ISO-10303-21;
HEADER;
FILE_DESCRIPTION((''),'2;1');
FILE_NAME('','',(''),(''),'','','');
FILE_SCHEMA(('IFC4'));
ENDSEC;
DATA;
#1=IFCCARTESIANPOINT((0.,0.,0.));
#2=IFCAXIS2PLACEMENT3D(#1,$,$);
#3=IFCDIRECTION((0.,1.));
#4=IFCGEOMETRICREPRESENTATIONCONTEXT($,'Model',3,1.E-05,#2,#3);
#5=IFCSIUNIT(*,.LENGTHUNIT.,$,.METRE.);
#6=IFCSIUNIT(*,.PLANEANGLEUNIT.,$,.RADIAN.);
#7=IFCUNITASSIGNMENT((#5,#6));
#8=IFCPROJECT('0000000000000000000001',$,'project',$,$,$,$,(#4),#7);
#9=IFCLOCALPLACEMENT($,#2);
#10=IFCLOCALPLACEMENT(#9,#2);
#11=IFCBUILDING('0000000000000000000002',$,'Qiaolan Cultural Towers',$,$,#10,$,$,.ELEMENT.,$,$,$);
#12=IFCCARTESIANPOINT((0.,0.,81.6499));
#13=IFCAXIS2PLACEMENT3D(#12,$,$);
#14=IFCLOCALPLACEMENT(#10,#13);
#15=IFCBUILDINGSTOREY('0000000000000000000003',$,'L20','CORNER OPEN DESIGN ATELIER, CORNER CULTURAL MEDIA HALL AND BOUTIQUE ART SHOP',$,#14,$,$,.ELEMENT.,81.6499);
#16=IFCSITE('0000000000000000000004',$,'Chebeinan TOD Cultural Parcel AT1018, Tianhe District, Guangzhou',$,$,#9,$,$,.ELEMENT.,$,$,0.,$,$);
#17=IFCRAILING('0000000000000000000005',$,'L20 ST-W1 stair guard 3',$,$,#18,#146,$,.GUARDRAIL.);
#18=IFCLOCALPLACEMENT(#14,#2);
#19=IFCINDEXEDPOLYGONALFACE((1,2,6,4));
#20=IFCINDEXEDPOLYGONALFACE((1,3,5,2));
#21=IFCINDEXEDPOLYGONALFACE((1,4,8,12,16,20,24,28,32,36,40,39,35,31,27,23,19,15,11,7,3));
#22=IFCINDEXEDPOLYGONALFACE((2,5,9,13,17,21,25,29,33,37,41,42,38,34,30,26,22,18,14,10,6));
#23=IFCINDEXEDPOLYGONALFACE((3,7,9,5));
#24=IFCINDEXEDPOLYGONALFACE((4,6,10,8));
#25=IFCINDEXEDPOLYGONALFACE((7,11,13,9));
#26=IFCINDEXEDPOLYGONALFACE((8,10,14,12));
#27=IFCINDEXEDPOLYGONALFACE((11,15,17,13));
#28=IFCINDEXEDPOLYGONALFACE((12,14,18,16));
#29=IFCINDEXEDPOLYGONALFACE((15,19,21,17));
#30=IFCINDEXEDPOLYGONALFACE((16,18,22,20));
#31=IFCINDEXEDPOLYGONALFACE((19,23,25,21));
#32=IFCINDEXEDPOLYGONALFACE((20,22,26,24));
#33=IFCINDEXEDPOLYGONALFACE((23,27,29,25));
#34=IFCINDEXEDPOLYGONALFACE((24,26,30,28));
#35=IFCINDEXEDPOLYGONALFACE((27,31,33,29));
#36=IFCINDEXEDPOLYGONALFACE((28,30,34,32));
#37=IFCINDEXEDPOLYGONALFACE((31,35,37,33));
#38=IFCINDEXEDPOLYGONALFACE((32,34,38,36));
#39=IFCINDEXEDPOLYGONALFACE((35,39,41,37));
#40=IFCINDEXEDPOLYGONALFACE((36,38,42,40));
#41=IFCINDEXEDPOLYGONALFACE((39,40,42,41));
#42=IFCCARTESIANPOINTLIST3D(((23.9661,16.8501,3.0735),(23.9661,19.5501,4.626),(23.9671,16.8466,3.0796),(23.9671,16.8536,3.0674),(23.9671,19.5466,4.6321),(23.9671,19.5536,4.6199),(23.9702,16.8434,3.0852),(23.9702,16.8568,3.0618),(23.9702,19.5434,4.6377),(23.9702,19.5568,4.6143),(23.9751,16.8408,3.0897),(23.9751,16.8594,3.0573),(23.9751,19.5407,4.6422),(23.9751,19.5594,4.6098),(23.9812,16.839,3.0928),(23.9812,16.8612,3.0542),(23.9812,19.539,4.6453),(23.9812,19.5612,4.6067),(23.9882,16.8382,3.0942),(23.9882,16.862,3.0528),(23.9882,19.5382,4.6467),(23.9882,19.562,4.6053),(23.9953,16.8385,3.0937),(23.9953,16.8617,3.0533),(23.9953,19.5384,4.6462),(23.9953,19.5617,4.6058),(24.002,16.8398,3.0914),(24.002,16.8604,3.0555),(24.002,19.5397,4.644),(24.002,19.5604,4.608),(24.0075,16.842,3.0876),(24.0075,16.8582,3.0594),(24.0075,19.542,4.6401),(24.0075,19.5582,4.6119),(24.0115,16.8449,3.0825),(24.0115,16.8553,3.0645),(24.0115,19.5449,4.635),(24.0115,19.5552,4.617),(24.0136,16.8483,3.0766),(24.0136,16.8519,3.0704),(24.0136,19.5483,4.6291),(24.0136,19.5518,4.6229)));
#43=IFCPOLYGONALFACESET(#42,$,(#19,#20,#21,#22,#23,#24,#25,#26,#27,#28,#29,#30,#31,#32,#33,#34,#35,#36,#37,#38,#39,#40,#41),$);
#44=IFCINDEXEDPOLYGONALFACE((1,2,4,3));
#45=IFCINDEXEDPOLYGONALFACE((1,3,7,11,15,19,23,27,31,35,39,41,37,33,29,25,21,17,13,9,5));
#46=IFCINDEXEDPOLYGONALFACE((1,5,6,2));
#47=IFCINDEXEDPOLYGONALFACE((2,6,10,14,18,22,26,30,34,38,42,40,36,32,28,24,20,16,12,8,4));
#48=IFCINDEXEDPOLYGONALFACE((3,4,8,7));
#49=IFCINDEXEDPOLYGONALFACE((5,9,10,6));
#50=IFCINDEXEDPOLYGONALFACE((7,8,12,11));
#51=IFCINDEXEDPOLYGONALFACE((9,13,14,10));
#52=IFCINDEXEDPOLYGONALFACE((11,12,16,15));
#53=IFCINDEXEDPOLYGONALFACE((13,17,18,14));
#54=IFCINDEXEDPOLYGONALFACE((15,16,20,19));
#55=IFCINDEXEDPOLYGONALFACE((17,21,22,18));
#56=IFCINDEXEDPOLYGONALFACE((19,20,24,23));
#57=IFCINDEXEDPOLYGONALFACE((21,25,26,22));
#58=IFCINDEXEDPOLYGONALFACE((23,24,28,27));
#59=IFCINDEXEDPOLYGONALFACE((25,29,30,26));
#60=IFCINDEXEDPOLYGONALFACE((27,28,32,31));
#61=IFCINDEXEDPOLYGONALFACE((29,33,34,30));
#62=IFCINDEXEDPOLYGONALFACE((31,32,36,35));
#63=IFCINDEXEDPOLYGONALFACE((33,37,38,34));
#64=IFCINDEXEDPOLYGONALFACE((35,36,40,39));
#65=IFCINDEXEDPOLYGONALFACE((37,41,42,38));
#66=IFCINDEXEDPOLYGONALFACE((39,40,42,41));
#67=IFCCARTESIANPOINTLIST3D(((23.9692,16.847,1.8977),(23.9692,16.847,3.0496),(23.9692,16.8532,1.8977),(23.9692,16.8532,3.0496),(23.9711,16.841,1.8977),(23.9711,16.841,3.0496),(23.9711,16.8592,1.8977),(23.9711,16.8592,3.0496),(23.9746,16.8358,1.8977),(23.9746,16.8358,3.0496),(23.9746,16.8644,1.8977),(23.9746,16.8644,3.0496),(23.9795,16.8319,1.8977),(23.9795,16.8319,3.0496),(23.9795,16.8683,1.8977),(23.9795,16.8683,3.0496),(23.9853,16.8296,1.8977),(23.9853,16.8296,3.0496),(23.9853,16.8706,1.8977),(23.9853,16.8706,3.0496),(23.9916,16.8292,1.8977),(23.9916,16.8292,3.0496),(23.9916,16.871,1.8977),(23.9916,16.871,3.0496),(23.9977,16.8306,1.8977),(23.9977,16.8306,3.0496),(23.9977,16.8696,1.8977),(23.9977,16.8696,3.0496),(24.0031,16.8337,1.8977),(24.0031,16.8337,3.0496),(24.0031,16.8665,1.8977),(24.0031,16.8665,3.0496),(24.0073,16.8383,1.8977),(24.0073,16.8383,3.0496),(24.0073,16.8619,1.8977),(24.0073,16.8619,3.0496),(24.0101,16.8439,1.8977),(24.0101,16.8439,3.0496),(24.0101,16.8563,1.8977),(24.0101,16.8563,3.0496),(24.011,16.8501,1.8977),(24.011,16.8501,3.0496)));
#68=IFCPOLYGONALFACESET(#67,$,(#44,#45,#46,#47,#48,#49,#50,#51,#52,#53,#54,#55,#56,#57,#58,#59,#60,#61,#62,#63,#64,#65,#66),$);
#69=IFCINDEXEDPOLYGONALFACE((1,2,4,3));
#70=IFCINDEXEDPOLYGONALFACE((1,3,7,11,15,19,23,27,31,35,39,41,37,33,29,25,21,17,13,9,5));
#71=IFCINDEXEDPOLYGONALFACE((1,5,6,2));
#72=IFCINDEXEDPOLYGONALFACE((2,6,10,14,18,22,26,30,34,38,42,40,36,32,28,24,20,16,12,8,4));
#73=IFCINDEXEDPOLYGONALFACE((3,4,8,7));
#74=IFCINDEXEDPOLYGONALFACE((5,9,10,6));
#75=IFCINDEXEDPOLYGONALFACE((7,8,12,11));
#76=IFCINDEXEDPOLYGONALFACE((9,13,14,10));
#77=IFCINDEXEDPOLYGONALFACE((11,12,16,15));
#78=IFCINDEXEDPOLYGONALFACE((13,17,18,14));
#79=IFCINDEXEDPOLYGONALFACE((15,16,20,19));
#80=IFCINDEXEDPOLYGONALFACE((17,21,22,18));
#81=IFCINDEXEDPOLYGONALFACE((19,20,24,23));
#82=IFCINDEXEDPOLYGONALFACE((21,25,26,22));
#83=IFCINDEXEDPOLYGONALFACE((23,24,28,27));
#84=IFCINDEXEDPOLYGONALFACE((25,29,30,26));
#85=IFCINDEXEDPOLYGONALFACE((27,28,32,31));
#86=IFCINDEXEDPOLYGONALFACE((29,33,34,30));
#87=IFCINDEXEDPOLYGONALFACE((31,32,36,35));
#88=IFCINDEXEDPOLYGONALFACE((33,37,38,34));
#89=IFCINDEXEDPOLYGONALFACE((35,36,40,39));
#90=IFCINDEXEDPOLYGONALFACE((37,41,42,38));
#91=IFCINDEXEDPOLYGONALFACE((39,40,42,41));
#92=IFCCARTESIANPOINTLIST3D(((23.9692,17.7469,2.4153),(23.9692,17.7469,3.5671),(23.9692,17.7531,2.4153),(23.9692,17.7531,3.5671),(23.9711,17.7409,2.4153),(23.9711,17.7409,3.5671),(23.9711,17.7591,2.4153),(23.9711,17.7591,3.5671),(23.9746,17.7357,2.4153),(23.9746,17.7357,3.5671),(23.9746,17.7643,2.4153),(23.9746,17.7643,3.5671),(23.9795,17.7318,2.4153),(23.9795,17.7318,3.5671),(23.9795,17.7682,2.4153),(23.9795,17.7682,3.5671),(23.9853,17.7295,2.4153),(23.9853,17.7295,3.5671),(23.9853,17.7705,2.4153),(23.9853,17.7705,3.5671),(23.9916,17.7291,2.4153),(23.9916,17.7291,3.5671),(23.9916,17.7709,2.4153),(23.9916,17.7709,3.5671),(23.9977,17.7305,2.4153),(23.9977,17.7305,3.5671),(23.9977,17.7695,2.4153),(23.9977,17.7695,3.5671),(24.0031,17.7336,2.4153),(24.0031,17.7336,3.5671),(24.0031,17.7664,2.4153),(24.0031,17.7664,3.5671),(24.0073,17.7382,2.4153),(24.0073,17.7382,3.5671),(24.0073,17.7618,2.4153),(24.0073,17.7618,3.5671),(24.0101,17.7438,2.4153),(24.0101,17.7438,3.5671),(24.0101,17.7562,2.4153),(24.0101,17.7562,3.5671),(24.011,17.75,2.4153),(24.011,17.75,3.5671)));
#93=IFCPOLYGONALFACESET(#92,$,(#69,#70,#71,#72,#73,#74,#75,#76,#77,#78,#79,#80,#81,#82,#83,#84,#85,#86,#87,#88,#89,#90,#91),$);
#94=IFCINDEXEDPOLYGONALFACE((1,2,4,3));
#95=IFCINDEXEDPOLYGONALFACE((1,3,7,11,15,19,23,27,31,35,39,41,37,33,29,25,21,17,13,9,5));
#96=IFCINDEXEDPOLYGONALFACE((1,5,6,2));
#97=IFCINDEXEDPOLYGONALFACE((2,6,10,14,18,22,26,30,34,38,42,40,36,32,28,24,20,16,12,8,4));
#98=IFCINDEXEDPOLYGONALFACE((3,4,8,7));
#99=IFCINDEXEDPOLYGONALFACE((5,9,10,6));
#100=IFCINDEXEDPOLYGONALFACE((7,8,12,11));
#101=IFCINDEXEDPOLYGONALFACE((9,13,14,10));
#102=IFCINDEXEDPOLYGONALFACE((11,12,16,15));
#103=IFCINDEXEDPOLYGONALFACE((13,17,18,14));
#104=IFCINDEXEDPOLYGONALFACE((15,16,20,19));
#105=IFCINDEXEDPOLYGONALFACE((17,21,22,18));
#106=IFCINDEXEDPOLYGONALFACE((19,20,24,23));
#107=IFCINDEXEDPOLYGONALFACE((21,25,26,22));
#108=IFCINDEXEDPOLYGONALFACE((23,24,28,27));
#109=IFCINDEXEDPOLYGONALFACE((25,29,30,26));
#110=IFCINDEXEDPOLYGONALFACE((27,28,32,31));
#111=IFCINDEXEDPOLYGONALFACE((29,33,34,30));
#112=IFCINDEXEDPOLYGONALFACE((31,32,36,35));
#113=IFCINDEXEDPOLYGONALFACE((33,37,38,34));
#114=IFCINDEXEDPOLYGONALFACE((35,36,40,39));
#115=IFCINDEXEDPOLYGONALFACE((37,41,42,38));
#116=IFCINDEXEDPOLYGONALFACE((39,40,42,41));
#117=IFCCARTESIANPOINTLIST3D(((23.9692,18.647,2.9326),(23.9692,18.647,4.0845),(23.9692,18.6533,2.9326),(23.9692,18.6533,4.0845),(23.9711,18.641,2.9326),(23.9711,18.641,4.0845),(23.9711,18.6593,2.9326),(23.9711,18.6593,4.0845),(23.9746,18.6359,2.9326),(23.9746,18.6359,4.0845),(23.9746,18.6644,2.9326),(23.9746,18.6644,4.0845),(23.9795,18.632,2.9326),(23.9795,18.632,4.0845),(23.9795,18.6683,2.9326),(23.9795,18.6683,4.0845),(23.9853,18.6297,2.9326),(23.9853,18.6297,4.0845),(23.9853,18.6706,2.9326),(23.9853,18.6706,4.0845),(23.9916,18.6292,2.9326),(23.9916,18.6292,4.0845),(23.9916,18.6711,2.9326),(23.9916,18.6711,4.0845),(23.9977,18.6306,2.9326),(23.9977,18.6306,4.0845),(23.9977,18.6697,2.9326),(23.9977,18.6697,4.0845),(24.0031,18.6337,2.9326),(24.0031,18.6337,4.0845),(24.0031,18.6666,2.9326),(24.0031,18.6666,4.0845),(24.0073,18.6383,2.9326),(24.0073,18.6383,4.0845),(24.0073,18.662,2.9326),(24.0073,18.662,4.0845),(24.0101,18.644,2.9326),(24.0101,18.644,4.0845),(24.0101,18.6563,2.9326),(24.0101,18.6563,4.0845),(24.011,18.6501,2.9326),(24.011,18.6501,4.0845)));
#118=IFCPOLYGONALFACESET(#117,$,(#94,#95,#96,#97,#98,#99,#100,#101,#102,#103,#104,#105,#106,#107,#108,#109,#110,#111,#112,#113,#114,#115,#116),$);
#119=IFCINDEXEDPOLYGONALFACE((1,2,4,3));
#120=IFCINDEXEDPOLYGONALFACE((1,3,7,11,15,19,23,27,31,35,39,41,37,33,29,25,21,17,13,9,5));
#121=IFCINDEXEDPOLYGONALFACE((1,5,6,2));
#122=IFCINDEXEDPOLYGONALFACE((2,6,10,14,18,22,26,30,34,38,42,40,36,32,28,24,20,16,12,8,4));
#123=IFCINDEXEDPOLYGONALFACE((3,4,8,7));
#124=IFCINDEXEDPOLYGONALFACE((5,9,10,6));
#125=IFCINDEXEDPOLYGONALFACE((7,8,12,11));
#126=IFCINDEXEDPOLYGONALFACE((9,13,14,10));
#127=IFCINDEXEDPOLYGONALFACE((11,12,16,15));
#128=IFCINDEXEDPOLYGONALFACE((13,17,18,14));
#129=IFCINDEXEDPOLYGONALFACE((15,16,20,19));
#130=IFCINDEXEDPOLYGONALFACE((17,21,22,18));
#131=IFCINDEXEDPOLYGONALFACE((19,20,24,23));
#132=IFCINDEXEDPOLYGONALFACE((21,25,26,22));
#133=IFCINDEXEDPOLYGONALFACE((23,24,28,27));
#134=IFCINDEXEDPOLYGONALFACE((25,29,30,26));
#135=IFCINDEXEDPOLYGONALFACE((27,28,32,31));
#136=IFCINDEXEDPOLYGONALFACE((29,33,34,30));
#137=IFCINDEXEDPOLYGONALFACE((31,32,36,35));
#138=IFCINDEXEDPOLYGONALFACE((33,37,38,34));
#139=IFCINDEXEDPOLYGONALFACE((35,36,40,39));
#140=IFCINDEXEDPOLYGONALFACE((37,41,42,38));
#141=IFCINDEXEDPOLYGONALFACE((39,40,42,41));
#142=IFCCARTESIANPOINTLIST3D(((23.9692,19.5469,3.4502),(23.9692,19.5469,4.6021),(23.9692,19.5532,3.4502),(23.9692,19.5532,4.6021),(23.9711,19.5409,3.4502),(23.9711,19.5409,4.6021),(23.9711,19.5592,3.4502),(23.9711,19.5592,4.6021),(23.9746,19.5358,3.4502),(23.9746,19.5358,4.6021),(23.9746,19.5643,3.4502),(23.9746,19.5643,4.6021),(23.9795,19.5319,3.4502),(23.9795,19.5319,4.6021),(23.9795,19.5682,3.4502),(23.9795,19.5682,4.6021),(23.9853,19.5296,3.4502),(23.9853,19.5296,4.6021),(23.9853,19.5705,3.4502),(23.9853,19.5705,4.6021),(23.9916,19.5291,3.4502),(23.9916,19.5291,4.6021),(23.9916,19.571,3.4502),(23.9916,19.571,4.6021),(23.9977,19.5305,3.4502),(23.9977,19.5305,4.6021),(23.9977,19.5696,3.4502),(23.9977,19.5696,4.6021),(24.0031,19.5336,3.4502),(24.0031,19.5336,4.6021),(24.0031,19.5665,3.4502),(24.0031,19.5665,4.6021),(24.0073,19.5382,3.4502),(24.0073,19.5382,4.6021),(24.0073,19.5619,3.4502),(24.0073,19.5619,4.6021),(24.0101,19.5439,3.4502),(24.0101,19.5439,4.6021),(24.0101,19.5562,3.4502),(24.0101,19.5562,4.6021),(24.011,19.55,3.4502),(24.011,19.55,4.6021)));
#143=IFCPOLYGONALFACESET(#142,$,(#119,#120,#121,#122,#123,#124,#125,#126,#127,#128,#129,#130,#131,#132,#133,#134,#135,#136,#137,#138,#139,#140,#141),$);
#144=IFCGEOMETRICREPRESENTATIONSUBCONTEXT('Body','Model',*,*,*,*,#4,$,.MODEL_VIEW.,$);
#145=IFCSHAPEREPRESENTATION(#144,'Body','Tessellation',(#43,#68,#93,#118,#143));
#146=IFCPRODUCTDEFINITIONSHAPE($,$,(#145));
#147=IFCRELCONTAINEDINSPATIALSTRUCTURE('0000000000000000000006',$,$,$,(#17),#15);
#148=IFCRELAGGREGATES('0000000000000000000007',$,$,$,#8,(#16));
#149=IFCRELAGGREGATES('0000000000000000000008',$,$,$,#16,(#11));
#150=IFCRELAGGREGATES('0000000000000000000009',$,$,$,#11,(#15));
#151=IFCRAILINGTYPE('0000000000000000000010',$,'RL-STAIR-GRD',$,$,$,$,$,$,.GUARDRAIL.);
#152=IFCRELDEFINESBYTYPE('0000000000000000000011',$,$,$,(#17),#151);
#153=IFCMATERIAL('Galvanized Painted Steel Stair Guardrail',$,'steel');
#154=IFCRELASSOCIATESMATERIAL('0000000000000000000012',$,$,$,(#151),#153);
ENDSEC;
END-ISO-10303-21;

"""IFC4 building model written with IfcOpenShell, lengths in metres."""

from ifc_helpers import new_model, si_unit, direction, frame, origin, origin_2d, place, context, subcontext, project, spatial, circle, extrude, material, type_object, element, save


model = new_model("IFC4")

# Units and contexts
model_context = context("Model", 3, precision=1e-05, world=origin(), true_north=direction((0.0, 1.0)))
body_context = subcontext(model_context, "Body", "Model", "MODEL_VIEW")
ifc_project = project(units=[si_unit("LENGTHUNIT", "METRE"), si_unit("PLANEANGLEUNIT", "RADIAN")], contexts=[model_context])

# Site, building, storey
site_placement = place(None, origin())
site = spatial("IfcSite", under=ifc_project, at=site_placement, Name="Chebeinan TOD Cultural Parcel AT1018, Tianhe District, Guangzhou", CompositionType="ELEMENT", RefElevation=0.0)
building_placement = place(site_placement, origin())
building = spatial("IfcBuilding", under=site, at=building_placement, Name="Qiaolan Cultural Towers", CompositionType="ELEMENT")
storey_placement = place(building_placement, frame((0.0, 0.0, 81.6499)))
storey = spatial("IfcBuildingStorey", under=building, at=storey_placement, Name="L20", Description="CORNER OPEN DESIGN ATELIER, CORNER CULTURAL MEDIA HALL AND BOUTIQUE ART SHOP", CompositionType="ELEMENT", Elevation=81.6499)

# Railing
ifc_material_1 = material(Name="Galvanized Painted Steel Stair Guardrail", Category="steel")
railing_type_1 = type_object("IfcRailingType", Name="RL-STAIR-GRD", PredefinedType="GUARDRAIL", material=ifc_material_1)
railing_1_placement = place(storey_placement, frame((23.99, 16.8501, 1.8977)))
element("IfcRailing", 1, at=railing_1_placement, inside=storey, type_object=railing_type_1, Name="L20 ST-W1 stair guard 3", PredefinedType="GUARDRAIL", context=body_context, shape_type="SweptSolid", body=[
    extrude(circle(Radius=0.0239, at=origin_2d()), frame((0.0, 0.0, 1.1758), z_axis=(0.0, 0.866904, 0.498476), x_axis=(-1.0, 0.0, 0.0)), (0.0, 0.0, 1.0), 3.1145),
    extrude(circle(Radius=0.021, at=origin_2d()), origin(), (0.0, 0.0, 1.0), 1.1519),
    extrude(circle(Radius=0.021, at=origin_2d()), frame((0.0, 0.8999, 0.5176)), (0.0, 0.0, 1.0), 1.1519),
    extrude(circle(Radius=0.021, at=origin_2d()), frame((0.0, 1.8, 1.0349)), (0.0, 0.0, 1.0), 1.1519),
    extrude(circle(Radius=0.021, at=origin_2d()), frame((0.0, 2.7, 1.5525)), (0.0, 0.0, 1.0), 1.1519),
])

save(model, "model.ifc")
